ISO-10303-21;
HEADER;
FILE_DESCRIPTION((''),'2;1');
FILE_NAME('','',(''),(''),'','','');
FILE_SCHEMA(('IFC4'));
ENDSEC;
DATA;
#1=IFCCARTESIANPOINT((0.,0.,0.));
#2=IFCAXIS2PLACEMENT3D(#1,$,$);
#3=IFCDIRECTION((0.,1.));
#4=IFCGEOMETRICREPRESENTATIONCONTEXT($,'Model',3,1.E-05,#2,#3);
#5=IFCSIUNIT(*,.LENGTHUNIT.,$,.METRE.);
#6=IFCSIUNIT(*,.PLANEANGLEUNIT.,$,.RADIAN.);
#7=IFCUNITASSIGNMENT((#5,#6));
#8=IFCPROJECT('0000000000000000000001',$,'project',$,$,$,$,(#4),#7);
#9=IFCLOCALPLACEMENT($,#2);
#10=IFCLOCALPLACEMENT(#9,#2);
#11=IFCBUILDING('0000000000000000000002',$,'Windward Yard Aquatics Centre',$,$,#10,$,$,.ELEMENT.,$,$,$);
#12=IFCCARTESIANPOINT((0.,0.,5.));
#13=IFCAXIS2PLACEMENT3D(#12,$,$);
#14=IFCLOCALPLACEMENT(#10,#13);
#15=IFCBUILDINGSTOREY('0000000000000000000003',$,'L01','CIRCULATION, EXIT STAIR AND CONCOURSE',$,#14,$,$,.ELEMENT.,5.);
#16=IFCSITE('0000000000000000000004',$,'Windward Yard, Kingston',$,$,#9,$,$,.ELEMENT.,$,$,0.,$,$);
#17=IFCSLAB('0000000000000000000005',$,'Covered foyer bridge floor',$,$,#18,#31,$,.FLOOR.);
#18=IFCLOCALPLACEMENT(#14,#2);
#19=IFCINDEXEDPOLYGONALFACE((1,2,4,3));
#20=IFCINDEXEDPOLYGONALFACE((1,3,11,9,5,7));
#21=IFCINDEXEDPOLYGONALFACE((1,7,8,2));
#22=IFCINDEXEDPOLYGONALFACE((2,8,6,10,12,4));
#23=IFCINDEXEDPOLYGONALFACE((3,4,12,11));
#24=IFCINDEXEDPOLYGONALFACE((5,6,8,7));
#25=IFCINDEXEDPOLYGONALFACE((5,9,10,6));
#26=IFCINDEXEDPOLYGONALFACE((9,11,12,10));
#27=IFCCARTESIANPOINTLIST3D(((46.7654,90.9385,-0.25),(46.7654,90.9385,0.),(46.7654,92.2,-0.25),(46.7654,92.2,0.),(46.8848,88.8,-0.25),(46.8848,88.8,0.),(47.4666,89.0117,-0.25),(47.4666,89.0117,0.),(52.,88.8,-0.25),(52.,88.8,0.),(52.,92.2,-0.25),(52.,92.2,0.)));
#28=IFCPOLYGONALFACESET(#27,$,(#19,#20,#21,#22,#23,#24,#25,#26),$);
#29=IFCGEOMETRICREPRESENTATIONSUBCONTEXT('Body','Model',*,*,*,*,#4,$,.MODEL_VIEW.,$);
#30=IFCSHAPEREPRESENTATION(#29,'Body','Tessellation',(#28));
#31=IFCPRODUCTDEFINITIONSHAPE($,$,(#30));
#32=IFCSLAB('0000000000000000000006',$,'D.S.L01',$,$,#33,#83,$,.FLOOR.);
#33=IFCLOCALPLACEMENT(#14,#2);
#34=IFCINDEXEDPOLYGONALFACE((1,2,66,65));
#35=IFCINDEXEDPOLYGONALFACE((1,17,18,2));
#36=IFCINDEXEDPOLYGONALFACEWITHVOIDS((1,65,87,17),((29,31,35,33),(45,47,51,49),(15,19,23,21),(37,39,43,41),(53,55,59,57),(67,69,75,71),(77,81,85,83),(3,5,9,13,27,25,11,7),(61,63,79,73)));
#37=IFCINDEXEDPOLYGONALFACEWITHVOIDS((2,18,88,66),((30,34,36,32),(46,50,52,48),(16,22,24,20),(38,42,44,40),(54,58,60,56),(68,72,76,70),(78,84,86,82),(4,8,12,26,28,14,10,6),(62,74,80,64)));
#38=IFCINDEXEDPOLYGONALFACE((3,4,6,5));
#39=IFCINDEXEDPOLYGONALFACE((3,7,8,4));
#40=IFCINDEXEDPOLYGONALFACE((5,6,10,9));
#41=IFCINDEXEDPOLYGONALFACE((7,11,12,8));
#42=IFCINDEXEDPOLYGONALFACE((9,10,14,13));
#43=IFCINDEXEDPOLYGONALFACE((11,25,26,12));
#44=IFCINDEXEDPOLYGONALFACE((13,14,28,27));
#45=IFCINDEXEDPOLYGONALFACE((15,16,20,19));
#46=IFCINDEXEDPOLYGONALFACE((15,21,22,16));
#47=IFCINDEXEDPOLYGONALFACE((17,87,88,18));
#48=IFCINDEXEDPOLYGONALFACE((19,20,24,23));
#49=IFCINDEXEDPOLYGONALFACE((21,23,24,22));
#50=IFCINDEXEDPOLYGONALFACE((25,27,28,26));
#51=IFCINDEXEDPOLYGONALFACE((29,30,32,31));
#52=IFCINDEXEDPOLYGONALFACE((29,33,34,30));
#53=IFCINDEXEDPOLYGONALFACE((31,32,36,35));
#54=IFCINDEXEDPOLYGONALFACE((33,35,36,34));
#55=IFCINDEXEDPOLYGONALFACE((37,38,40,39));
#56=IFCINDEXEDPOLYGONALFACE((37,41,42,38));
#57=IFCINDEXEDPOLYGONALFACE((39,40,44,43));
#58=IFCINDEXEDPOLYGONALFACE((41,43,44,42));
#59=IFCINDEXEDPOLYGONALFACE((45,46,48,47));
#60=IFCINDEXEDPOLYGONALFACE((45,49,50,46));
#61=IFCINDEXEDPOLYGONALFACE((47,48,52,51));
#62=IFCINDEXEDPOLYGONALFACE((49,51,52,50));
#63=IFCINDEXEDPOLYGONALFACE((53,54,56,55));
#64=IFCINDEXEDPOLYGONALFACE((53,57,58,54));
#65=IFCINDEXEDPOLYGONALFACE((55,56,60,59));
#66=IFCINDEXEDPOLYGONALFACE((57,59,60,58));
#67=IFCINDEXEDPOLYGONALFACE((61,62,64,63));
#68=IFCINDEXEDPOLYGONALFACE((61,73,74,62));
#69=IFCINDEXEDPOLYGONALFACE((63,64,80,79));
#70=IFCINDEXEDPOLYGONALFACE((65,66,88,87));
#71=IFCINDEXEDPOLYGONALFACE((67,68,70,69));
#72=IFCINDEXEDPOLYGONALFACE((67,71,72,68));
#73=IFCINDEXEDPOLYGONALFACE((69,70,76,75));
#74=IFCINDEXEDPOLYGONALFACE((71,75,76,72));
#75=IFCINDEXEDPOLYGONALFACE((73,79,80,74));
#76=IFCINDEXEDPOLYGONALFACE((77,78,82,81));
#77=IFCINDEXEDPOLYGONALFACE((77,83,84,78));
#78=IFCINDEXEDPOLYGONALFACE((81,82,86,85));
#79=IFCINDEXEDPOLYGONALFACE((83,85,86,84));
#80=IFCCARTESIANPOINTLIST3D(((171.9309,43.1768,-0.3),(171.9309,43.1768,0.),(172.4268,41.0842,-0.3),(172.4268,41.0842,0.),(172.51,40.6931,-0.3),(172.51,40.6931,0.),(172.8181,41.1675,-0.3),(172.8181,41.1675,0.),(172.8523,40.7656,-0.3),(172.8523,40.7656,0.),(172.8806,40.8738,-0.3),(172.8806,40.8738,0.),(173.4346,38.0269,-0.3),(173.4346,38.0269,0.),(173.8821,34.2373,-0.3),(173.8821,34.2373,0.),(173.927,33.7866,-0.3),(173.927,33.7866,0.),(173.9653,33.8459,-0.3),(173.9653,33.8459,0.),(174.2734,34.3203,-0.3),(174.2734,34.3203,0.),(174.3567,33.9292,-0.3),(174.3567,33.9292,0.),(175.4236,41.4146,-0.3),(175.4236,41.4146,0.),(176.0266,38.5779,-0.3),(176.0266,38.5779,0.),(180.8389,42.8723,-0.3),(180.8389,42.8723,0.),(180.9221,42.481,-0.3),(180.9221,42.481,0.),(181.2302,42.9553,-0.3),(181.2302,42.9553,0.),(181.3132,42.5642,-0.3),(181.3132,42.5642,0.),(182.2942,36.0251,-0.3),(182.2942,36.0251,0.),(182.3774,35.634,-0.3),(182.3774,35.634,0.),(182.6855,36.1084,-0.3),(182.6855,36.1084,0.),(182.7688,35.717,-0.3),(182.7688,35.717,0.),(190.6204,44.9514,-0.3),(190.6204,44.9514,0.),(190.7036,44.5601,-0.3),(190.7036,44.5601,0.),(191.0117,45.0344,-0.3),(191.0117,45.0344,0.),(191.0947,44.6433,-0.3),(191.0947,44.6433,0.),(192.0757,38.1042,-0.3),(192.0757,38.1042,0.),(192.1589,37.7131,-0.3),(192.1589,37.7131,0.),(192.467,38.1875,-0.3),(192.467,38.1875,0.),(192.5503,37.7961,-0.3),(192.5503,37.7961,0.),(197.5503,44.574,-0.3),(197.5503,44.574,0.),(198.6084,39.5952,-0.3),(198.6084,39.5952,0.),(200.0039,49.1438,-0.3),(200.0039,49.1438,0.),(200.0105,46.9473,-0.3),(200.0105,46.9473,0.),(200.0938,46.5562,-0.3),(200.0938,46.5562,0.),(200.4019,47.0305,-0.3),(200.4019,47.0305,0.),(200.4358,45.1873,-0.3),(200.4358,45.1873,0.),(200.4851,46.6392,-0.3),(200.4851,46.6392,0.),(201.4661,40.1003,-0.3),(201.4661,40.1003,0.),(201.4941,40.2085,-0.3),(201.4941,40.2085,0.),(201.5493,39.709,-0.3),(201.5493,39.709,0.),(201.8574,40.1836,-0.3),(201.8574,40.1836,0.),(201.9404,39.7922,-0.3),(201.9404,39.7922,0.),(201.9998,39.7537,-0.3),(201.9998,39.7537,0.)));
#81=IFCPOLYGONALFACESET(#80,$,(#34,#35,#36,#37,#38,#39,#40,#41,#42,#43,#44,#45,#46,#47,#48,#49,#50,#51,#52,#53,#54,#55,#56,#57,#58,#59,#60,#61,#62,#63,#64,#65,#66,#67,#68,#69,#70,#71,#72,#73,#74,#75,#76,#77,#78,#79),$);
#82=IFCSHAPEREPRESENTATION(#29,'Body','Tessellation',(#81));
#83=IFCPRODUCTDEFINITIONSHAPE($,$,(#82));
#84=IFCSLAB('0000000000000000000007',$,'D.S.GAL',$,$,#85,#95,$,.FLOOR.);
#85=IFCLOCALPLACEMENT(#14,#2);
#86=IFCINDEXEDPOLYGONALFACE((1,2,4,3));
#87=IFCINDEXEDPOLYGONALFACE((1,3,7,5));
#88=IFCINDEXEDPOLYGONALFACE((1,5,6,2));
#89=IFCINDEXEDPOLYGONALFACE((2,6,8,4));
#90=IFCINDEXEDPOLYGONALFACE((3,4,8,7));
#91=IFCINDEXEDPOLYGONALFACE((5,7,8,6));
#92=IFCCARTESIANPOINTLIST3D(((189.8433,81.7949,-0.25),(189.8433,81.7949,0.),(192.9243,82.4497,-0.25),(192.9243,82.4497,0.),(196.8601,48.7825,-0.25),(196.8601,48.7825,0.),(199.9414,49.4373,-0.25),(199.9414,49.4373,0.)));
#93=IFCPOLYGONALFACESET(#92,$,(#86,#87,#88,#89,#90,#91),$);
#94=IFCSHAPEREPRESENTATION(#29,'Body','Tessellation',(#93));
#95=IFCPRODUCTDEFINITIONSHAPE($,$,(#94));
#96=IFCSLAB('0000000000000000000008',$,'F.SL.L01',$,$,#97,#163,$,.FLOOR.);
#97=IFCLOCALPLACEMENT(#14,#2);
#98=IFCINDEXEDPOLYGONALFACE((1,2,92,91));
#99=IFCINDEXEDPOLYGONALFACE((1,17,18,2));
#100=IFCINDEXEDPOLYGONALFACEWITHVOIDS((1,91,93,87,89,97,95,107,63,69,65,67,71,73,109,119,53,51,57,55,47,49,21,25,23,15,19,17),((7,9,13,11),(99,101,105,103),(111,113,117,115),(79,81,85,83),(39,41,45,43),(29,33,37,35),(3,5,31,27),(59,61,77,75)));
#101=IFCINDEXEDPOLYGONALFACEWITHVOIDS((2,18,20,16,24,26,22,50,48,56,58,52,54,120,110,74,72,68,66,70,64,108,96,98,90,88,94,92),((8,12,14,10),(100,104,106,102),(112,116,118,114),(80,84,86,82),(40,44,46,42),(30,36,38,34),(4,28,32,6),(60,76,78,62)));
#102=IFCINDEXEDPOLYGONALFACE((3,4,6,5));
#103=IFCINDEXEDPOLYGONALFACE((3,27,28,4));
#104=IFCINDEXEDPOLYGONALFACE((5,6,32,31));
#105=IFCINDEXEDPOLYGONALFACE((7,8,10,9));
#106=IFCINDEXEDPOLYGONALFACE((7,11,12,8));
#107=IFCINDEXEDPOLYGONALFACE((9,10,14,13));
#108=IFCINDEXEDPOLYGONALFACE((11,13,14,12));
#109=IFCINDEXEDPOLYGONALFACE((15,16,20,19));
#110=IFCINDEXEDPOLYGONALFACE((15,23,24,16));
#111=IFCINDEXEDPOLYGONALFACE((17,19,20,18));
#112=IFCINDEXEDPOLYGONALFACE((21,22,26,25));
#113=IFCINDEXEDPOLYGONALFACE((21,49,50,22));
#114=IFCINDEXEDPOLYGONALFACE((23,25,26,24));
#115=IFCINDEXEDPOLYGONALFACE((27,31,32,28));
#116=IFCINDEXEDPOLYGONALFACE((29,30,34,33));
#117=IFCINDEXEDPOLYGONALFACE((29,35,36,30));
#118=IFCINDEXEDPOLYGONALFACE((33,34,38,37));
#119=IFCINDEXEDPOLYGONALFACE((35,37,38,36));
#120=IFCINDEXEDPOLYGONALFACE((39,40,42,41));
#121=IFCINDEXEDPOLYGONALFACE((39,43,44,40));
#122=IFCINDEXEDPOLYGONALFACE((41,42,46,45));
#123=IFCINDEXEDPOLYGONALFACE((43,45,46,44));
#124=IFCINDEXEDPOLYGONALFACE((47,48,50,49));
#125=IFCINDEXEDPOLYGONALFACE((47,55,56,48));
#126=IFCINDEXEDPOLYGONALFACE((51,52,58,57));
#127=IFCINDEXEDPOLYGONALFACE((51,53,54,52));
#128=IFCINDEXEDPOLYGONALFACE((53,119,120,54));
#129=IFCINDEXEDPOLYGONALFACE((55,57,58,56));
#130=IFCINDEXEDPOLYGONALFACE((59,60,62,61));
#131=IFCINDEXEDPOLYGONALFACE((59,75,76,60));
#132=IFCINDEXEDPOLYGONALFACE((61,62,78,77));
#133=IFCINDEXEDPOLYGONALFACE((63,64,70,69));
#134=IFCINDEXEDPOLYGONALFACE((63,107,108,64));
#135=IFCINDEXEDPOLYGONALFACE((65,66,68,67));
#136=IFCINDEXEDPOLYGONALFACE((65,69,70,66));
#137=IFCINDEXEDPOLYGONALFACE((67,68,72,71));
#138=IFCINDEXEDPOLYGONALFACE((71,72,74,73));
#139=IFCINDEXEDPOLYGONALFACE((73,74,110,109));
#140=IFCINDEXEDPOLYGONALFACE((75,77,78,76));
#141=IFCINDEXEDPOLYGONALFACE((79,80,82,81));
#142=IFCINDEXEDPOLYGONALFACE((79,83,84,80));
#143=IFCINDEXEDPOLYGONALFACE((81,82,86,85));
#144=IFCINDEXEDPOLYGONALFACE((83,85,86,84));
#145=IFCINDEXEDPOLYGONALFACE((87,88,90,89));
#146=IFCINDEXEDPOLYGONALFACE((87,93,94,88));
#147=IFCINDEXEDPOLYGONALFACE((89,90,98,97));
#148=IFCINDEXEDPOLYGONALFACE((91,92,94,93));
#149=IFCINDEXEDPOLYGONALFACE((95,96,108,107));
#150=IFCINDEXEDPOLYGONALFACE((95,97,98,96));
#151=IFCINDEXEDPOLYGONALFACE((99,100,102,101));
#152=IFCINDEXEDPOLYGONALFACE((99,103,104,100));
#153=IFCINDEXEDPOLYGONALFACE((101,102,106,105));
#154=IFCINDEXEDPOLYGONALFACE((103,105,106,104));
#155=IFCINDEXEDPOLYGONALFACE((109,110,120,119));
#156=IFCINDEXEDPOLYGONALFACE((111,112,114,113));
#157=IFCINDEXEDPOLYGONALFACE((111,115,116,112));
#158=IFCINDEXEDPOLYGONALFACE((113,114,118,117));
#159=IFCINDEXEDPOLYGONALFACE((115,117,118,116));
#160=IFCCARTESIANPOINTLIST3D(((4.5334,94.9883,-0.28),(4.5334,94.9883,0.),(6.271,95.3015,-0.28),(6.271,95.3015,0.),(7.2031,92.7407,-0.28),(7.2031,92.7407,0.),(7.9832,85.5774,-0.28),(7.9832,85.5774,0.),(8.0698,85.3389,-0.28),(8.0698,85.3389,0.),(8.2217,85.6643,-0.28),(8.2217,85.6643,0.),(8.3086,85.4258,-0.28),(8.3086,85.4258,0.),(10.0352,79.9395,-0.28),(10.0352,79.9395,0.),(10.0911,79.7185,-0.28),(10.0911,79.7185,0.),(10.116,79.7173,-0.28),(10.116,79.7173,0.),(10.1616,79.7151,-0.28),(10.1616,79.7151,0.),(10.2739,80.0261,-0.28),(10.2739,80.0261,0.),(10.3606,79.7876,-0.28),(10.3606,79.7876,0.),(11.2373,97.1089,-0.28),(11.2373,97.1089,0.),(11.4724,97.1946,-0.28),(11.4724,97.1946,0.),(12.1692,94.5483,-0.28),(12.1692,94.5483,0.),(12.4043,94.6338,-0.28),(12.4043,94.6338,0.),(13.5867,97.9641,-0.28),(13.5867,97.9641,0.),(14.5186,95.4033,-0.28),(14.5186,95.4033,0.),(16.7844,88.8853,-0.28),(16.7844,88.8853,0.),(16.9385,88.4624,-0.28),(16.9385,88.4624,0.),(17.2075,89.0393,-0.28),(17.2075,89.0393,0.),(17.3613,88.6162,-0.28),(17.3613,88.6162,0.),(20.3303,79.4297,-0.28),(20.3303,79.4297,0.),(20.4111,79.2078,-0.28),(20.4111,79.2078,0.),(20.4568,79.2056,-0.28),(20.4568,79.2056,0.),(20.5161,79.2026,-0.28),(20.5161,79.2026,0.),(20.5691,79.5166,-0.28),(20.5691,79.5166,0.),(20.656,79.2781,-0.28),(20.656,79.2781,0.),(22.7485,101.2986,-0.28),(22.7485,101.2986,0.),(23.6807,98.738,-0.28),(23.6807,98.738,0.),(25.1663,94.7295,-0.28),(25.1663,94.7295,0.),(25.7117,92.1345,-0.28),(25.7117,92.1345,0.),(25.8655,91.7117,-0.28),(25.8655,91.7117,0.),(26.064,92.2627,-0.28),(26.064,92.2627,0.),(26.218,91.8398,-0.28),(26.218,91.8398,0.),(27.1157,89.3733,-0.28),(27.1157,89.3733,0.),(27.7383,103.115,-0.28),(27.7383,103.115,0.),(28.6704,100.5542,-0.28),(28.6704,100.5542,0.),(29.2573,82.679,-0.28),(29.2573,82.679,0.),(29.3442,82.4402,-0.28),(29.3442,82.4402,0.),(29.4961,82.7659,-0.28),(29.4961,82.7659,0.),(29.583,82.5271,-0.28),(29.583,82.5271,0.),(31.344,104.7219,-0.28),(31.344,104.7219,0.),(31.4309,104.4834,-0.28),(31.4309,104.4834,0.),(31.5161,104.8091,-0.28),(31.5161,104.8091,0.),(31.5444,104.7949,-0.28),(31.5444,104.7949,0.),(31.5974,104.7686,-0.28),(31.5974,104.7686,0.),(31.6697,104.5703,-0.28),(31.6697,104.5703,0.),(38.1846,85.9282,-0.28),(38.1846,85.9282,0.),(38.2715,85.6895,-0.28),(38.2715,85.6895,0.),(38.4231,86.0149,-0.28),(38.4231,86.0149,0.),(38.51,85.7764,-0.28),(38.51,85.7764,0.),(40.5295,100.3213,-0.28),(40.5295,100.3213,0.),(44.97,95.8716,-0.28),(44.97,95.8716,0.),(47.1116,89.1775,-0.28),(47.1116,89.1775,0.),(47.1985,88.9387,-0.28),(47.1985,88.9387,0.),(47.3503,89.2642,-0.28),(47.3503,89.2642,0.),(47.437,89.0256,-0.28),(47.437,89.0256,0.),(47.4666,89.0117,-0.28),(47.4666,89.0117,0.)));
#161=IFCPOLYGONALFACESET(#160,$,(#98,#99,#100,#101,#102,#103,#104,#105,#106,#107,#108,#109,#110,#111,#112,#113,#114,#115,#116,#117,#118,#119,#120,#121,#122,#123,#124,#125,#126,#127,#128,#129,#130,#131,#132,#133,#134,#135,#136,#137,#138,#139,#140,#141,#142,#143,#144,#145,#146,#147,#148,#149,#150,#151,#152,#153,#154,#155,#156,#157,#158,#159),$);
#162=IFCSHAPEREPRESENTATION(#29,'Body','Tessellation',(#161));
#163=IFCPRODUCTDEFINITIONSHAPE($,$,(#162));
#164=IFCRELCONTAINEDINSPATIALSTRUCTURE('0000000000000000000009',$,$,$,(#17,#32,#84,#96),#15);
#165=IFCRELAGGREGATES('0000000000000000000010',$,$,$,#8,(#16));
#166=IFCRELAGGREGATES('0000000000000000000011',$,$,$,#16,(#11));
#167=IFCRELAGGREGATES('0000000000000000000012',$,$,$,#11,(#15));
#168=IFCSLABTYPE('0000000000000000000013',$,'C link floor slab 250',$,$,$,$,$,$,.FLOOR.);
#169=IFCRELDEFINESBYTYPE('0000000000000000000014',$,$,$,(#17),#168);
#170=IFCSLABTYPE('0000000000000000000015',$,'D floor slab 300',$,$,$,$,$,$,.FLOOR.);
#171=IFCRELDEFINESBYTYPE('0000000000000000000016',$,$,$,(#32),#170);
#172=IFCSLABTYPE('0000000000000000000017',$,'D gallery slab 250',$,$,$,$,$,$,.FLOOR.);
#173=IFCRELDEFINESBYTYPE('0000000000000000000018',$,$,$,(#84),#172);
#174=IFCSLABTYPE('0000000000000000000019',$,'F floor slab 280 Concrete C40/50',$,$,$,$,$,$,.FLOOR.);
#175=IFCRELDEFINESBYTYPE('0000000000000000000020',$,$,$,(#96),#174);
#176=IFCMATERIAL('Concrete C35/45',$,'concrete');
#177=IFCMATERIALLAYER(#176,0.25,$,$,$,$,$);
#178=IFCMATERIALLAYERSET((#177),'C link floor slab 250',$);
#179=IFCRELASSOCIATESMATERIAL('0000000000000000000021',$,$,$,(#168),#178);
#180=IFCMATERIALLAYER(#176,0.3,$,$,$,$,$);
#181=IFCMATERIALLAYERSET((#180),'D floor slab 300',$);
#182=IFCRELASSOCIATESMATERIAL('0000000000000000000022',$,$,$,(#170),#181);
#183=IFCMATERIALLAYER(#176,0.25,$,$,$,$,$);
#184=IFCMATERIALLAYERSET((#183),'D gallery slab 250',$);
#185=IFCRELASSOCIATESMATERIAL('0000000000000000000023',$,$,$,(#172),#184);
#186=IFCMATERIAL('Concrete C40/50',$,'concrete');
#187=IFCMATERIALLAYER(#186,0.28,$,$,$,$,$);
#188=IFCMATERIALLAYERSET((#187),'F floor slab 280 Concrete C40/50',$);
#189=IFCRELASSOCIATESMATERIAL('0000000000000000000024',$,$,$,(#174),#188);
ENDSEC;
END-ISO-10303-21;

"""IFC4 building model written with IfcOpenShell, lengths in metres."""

from ifc_helpers import new_model, si_unit, direction, frame, origin, place, context, subcontext, project, spatial, polyline, outline, extrude, material, layer, layer_set, type_object, element, save


model = new_model("IFC4")

# Units and contexts
model_context = context("Model", 3, precision=1e-05, world=origin(), true_north=direction((0.0, 1.0)))
body_context = subcontext(model_context, "Body", "Model", "MODEL_VIEW")
ifc_project = project(units=[si_unit("LENGTHUNIT", "METRE"), si_unit("PLANEANGLEUNIT", "RADIAN")], contexts=[model_context])

# Site, building, storey
site_placement = place(None, origin())
site = spatial("IfcSite", under=ifc_project, at=site_placement, Name="Windward Yard, Kingston", CompositionType="ELEMENT", RefElevation=0.0)
building_placement = place(site_placement, origin())
building = spatial("IfcBuilding", under=site, at=building_placement, Name="Windward Yard Aquatics Centre", CompositionType="ELEMENT")
storey_placement = place(building_placement, frame((0.0, 0.0, 5.0)))
storey = spatial("IfcBuildingStorey", under=building, at=storey_placement, Name="L01", Description="CIRCULATION, EXIT STAIR AND CONCOURSE", CompositionType="ELEMENT", Elevation=5.0)

# Slabs
ifc_material_1 = material(Name="Concrete C35/45", Category="concrete")
ifc_layer_1 = layer(ifc_material_1, 0.25)
ifc_layer_set_1 = layer_set([ifc_layer_1], Name="C link floor slab 250")
slab_type_1 = type_object("IfcSlabType", Name="C link floor slab 250", PredefinedType="FLOOR", material=ifc_layer_set_1)
slab_1_placement = place(storey_placement, frame((0.0, 0.0, -0.25)))
element("IfcSlab", 1, at=slab_1_placement, inside=storey, type_object=slab_type_1, Name="Covered foyer bridge floor", PredefinedType="FLOOR", context=body_context, shape_type="SweptSolid", body=[
    extrude(outline(polyline([(46.7654, 90.9385), (46.7654, 92.2), (52.0, 92.2), (52.0, 88.8), (46.8848, 88.8), (47.4666, 89.0117), (46.7654, 90.9385)])), origin(), (0.0, 0.0, 1.0), 0.25),
])
ifc_layer_2 = layer(ifc_material_1, 0.3)
ifc_layer_set_2 = layer_set([ifc_layer_2], Name="D floor slab 300")
slab_type_2 = type_object("IfcSlabType", Name="D floor slab 300", PredefinedType="FLOOR", material=ifc_layer_set_2)
slab_2_placement = place(storey_placement, frame((0.0, 0.0, -0.3)))
element("IfcSlab", 2, at=slab_2_placement, inside=storey, type_object=slab_type_2, Name="D.S.L01", PredefinedType="FLOOR", context=body_context, shape_type="SweptSolid", body=[
    extrude(outline(polyline([(171.9309, 43.1768), (173.927, 33.7866), (201.9998, 39.7537), (200.0039, 49.1438), (171.9309, 43.1768)]), holes=[polyline([(173.8821, 34.2373), (174.2734, 34.3203), (174.3567, 33.9292), (173.9653, 33.8459), (173.8821, 34.2373)]), polyline([(182.2942, 36.0251), (182.6855, 36.1084), (182.7688, 35.717), (182.3774, 35.634), (182.2942, 36.0251)]), polyline([(192.0757, 38.1042), (192.467, 38.1875), (192.5503, 37.7961), (192.1589, 37.7131), (192.0757, 38.1042)]), polyline([(201.4661, 40.1003), (201.8574, 40.1836), (201.9404, 39.7922), (201.5493, 39.709), (201.4661, 40.1003)]), polyline([(197.5503, 44.574), (200.4358, 45.1873), (201.4941, 40.2085), (198.6084, 39.5952), (197.5503, 44.574)]), polyline([(172.4268, 41.0842), (172.8181, 41.1675), (172.8806, 40.8738), (175.4236, 41.4146), (176.0266, 38.5779), (173.4346, 38.0269), (172.8523, 40.7656), (172.51, 40.6931), (172.4268, 41.0842)]), polyline([(180.8389, 42.8723), (181.2302, 42.9553), (181.3132, 42.5642), (180.9221, 42.481), (180.8389, 42.8723)]), polyline([(190.6204, 44.9514), (191.0117, 45.0344), (191.0947, 44.6433), (190.7036, 44.5601), (190.6204, 44.9514)]), polyline([(200.0105, 46.9473), (200.4019, 47.0305), (200.4851, 46.6392), (200.0938, 46.5562), (200.0105, 46.9473)])]), origin(), (0.0, 0.0, 1.0), 0.3),
])
ifc_layer_3 = layer(ifc_material_1, 0.25)
ifc_layer_set_3 = layer_set([ifc_layer_3], Name="D gallery slab 250")
slab_type_3 = type_object("IfcSlabType", Name="D gallery slab 250", PredefinedType="FLOOR", material=ifc_layer_set_3)
slab_3_placement = place(storey_placement, frame((0.0, 0.0, -0.25)))
element("IfcSlab", 3, at=slab_3_placement, inside=storey, type_object=slab_type_3, Name="D.S.GAL", PredefinedType="FLOOR", context=body_context, shape_type="SweptSolid", body=[
    extrude(outline(polyline([(189.8433, 81.7949), (196.8601, 48.7825), (199.9414, 49.4373), (192.9243, 82.4497), (189.8433, 81.7949)])), origin(), (0.0, 0.0, 1.0), 0.25),
])
ifc_material_2 = material(Name="Concrete C40/50", Category="concrete")
ifc_layer_4 = layer(ifc_material_2, 0.28)
ifc_layer_set_4 = layer_set([ifc_layer_4], Name="F floor slab 280 Concrete C40/50")
slab_type_4 = type_object("IfcSlabType", Name="F floor slab 280 Concrete C40/50", PredefinedType="FLOOR", material=ifc_layer_set_4)
slab_4_placement = place(storey_placement, frame((0.0, 0.0, -0.28)))
element("IfcSlab", 4, at=slab_4_placement, inside=storey, type_object=slab_type_4, Name="F.SL.L01", PredefinedType="FLOOR", context=body_context, shape_type="SweptSolid", body=[
    extrude(outline(polyline([(4.5334, 94.9883), (10.0911, 79.7185), (10.116, 79.7173), (10.0352, 79.9395), (10.2739, 80.0261), (10.3606, 79.7876), (10.1616, 79.7151), (20.4111, 79.2078), (20.3303, 79.4297), (20.5691, 79.5166), (20.656, 79.2781), (20.4568, 79.2056), (20.5161, 79.2026), (47.4666, 89.0117), (44.97, 95.8716), (27.1157, 89.3733), (26.218, 91.8398), (25.8655, 91.7117), (25.7117, 92.1345), (26.064, 92.2627), (25.1663, 94.7295), (40.5295, 100.3213), (31.5974, 104.7686), (31.6697, 104.5703), (31.4309, 104.4834), (31.344, 104.7219), (31.5444, 104.7949), (31.5161, 104.8091), (4.5334, 94.9883)]), holes=[polyline([(6.271, 95.3015), (11.2373, 97.1089), (12.1692, 94.5483), (7.2031, 92.7407), (6.271, 95.3015)]), polyline([(11.4724, 97.1946), (13.5867, 97.9641), (14.5186, 95.4033), (12.4043, 94.6338), (11.4724, 97.1946)]), polyline([(22.7485, 101.2986), (27.7383, 103.115), (28.6704, 100.5542), (23.6807, 98.738), (22.7485, 101.2986)]), polyline([(29.2573, 82.679), (29.4961, 82.7659), (29.583, 82.5271), (29.3442, 82.4402), (29.2573, 82.679)]), polyline([(7.9832, 85.5774), (8.2217, 85.6643), (8.3086, 85.4258), (8.0698, 85.3389), (7.9832, 85.5774)]), polyline([(16.7844, 88.8853), (17.2075, 89.0393), (17.3613, 88.6162), (16.9385, 88.4624), (16.7844, 88.8853)]), polyline([(38.1846, 85.9282), (38.4231, 86.0149), (38.51, 85.7764), (38.2715, 85.6895), (38.1846, 85.9282)]), polyline([(47.1116, 89.1775), (47.3503, 89.2642), (47.437, 89.0256), (47.1985, 88.9387), (47.1116, 89.1775)])]), origin(), (0.0, 0.0, 1.0), 0.28),
])

save(model, "model.ifc")
